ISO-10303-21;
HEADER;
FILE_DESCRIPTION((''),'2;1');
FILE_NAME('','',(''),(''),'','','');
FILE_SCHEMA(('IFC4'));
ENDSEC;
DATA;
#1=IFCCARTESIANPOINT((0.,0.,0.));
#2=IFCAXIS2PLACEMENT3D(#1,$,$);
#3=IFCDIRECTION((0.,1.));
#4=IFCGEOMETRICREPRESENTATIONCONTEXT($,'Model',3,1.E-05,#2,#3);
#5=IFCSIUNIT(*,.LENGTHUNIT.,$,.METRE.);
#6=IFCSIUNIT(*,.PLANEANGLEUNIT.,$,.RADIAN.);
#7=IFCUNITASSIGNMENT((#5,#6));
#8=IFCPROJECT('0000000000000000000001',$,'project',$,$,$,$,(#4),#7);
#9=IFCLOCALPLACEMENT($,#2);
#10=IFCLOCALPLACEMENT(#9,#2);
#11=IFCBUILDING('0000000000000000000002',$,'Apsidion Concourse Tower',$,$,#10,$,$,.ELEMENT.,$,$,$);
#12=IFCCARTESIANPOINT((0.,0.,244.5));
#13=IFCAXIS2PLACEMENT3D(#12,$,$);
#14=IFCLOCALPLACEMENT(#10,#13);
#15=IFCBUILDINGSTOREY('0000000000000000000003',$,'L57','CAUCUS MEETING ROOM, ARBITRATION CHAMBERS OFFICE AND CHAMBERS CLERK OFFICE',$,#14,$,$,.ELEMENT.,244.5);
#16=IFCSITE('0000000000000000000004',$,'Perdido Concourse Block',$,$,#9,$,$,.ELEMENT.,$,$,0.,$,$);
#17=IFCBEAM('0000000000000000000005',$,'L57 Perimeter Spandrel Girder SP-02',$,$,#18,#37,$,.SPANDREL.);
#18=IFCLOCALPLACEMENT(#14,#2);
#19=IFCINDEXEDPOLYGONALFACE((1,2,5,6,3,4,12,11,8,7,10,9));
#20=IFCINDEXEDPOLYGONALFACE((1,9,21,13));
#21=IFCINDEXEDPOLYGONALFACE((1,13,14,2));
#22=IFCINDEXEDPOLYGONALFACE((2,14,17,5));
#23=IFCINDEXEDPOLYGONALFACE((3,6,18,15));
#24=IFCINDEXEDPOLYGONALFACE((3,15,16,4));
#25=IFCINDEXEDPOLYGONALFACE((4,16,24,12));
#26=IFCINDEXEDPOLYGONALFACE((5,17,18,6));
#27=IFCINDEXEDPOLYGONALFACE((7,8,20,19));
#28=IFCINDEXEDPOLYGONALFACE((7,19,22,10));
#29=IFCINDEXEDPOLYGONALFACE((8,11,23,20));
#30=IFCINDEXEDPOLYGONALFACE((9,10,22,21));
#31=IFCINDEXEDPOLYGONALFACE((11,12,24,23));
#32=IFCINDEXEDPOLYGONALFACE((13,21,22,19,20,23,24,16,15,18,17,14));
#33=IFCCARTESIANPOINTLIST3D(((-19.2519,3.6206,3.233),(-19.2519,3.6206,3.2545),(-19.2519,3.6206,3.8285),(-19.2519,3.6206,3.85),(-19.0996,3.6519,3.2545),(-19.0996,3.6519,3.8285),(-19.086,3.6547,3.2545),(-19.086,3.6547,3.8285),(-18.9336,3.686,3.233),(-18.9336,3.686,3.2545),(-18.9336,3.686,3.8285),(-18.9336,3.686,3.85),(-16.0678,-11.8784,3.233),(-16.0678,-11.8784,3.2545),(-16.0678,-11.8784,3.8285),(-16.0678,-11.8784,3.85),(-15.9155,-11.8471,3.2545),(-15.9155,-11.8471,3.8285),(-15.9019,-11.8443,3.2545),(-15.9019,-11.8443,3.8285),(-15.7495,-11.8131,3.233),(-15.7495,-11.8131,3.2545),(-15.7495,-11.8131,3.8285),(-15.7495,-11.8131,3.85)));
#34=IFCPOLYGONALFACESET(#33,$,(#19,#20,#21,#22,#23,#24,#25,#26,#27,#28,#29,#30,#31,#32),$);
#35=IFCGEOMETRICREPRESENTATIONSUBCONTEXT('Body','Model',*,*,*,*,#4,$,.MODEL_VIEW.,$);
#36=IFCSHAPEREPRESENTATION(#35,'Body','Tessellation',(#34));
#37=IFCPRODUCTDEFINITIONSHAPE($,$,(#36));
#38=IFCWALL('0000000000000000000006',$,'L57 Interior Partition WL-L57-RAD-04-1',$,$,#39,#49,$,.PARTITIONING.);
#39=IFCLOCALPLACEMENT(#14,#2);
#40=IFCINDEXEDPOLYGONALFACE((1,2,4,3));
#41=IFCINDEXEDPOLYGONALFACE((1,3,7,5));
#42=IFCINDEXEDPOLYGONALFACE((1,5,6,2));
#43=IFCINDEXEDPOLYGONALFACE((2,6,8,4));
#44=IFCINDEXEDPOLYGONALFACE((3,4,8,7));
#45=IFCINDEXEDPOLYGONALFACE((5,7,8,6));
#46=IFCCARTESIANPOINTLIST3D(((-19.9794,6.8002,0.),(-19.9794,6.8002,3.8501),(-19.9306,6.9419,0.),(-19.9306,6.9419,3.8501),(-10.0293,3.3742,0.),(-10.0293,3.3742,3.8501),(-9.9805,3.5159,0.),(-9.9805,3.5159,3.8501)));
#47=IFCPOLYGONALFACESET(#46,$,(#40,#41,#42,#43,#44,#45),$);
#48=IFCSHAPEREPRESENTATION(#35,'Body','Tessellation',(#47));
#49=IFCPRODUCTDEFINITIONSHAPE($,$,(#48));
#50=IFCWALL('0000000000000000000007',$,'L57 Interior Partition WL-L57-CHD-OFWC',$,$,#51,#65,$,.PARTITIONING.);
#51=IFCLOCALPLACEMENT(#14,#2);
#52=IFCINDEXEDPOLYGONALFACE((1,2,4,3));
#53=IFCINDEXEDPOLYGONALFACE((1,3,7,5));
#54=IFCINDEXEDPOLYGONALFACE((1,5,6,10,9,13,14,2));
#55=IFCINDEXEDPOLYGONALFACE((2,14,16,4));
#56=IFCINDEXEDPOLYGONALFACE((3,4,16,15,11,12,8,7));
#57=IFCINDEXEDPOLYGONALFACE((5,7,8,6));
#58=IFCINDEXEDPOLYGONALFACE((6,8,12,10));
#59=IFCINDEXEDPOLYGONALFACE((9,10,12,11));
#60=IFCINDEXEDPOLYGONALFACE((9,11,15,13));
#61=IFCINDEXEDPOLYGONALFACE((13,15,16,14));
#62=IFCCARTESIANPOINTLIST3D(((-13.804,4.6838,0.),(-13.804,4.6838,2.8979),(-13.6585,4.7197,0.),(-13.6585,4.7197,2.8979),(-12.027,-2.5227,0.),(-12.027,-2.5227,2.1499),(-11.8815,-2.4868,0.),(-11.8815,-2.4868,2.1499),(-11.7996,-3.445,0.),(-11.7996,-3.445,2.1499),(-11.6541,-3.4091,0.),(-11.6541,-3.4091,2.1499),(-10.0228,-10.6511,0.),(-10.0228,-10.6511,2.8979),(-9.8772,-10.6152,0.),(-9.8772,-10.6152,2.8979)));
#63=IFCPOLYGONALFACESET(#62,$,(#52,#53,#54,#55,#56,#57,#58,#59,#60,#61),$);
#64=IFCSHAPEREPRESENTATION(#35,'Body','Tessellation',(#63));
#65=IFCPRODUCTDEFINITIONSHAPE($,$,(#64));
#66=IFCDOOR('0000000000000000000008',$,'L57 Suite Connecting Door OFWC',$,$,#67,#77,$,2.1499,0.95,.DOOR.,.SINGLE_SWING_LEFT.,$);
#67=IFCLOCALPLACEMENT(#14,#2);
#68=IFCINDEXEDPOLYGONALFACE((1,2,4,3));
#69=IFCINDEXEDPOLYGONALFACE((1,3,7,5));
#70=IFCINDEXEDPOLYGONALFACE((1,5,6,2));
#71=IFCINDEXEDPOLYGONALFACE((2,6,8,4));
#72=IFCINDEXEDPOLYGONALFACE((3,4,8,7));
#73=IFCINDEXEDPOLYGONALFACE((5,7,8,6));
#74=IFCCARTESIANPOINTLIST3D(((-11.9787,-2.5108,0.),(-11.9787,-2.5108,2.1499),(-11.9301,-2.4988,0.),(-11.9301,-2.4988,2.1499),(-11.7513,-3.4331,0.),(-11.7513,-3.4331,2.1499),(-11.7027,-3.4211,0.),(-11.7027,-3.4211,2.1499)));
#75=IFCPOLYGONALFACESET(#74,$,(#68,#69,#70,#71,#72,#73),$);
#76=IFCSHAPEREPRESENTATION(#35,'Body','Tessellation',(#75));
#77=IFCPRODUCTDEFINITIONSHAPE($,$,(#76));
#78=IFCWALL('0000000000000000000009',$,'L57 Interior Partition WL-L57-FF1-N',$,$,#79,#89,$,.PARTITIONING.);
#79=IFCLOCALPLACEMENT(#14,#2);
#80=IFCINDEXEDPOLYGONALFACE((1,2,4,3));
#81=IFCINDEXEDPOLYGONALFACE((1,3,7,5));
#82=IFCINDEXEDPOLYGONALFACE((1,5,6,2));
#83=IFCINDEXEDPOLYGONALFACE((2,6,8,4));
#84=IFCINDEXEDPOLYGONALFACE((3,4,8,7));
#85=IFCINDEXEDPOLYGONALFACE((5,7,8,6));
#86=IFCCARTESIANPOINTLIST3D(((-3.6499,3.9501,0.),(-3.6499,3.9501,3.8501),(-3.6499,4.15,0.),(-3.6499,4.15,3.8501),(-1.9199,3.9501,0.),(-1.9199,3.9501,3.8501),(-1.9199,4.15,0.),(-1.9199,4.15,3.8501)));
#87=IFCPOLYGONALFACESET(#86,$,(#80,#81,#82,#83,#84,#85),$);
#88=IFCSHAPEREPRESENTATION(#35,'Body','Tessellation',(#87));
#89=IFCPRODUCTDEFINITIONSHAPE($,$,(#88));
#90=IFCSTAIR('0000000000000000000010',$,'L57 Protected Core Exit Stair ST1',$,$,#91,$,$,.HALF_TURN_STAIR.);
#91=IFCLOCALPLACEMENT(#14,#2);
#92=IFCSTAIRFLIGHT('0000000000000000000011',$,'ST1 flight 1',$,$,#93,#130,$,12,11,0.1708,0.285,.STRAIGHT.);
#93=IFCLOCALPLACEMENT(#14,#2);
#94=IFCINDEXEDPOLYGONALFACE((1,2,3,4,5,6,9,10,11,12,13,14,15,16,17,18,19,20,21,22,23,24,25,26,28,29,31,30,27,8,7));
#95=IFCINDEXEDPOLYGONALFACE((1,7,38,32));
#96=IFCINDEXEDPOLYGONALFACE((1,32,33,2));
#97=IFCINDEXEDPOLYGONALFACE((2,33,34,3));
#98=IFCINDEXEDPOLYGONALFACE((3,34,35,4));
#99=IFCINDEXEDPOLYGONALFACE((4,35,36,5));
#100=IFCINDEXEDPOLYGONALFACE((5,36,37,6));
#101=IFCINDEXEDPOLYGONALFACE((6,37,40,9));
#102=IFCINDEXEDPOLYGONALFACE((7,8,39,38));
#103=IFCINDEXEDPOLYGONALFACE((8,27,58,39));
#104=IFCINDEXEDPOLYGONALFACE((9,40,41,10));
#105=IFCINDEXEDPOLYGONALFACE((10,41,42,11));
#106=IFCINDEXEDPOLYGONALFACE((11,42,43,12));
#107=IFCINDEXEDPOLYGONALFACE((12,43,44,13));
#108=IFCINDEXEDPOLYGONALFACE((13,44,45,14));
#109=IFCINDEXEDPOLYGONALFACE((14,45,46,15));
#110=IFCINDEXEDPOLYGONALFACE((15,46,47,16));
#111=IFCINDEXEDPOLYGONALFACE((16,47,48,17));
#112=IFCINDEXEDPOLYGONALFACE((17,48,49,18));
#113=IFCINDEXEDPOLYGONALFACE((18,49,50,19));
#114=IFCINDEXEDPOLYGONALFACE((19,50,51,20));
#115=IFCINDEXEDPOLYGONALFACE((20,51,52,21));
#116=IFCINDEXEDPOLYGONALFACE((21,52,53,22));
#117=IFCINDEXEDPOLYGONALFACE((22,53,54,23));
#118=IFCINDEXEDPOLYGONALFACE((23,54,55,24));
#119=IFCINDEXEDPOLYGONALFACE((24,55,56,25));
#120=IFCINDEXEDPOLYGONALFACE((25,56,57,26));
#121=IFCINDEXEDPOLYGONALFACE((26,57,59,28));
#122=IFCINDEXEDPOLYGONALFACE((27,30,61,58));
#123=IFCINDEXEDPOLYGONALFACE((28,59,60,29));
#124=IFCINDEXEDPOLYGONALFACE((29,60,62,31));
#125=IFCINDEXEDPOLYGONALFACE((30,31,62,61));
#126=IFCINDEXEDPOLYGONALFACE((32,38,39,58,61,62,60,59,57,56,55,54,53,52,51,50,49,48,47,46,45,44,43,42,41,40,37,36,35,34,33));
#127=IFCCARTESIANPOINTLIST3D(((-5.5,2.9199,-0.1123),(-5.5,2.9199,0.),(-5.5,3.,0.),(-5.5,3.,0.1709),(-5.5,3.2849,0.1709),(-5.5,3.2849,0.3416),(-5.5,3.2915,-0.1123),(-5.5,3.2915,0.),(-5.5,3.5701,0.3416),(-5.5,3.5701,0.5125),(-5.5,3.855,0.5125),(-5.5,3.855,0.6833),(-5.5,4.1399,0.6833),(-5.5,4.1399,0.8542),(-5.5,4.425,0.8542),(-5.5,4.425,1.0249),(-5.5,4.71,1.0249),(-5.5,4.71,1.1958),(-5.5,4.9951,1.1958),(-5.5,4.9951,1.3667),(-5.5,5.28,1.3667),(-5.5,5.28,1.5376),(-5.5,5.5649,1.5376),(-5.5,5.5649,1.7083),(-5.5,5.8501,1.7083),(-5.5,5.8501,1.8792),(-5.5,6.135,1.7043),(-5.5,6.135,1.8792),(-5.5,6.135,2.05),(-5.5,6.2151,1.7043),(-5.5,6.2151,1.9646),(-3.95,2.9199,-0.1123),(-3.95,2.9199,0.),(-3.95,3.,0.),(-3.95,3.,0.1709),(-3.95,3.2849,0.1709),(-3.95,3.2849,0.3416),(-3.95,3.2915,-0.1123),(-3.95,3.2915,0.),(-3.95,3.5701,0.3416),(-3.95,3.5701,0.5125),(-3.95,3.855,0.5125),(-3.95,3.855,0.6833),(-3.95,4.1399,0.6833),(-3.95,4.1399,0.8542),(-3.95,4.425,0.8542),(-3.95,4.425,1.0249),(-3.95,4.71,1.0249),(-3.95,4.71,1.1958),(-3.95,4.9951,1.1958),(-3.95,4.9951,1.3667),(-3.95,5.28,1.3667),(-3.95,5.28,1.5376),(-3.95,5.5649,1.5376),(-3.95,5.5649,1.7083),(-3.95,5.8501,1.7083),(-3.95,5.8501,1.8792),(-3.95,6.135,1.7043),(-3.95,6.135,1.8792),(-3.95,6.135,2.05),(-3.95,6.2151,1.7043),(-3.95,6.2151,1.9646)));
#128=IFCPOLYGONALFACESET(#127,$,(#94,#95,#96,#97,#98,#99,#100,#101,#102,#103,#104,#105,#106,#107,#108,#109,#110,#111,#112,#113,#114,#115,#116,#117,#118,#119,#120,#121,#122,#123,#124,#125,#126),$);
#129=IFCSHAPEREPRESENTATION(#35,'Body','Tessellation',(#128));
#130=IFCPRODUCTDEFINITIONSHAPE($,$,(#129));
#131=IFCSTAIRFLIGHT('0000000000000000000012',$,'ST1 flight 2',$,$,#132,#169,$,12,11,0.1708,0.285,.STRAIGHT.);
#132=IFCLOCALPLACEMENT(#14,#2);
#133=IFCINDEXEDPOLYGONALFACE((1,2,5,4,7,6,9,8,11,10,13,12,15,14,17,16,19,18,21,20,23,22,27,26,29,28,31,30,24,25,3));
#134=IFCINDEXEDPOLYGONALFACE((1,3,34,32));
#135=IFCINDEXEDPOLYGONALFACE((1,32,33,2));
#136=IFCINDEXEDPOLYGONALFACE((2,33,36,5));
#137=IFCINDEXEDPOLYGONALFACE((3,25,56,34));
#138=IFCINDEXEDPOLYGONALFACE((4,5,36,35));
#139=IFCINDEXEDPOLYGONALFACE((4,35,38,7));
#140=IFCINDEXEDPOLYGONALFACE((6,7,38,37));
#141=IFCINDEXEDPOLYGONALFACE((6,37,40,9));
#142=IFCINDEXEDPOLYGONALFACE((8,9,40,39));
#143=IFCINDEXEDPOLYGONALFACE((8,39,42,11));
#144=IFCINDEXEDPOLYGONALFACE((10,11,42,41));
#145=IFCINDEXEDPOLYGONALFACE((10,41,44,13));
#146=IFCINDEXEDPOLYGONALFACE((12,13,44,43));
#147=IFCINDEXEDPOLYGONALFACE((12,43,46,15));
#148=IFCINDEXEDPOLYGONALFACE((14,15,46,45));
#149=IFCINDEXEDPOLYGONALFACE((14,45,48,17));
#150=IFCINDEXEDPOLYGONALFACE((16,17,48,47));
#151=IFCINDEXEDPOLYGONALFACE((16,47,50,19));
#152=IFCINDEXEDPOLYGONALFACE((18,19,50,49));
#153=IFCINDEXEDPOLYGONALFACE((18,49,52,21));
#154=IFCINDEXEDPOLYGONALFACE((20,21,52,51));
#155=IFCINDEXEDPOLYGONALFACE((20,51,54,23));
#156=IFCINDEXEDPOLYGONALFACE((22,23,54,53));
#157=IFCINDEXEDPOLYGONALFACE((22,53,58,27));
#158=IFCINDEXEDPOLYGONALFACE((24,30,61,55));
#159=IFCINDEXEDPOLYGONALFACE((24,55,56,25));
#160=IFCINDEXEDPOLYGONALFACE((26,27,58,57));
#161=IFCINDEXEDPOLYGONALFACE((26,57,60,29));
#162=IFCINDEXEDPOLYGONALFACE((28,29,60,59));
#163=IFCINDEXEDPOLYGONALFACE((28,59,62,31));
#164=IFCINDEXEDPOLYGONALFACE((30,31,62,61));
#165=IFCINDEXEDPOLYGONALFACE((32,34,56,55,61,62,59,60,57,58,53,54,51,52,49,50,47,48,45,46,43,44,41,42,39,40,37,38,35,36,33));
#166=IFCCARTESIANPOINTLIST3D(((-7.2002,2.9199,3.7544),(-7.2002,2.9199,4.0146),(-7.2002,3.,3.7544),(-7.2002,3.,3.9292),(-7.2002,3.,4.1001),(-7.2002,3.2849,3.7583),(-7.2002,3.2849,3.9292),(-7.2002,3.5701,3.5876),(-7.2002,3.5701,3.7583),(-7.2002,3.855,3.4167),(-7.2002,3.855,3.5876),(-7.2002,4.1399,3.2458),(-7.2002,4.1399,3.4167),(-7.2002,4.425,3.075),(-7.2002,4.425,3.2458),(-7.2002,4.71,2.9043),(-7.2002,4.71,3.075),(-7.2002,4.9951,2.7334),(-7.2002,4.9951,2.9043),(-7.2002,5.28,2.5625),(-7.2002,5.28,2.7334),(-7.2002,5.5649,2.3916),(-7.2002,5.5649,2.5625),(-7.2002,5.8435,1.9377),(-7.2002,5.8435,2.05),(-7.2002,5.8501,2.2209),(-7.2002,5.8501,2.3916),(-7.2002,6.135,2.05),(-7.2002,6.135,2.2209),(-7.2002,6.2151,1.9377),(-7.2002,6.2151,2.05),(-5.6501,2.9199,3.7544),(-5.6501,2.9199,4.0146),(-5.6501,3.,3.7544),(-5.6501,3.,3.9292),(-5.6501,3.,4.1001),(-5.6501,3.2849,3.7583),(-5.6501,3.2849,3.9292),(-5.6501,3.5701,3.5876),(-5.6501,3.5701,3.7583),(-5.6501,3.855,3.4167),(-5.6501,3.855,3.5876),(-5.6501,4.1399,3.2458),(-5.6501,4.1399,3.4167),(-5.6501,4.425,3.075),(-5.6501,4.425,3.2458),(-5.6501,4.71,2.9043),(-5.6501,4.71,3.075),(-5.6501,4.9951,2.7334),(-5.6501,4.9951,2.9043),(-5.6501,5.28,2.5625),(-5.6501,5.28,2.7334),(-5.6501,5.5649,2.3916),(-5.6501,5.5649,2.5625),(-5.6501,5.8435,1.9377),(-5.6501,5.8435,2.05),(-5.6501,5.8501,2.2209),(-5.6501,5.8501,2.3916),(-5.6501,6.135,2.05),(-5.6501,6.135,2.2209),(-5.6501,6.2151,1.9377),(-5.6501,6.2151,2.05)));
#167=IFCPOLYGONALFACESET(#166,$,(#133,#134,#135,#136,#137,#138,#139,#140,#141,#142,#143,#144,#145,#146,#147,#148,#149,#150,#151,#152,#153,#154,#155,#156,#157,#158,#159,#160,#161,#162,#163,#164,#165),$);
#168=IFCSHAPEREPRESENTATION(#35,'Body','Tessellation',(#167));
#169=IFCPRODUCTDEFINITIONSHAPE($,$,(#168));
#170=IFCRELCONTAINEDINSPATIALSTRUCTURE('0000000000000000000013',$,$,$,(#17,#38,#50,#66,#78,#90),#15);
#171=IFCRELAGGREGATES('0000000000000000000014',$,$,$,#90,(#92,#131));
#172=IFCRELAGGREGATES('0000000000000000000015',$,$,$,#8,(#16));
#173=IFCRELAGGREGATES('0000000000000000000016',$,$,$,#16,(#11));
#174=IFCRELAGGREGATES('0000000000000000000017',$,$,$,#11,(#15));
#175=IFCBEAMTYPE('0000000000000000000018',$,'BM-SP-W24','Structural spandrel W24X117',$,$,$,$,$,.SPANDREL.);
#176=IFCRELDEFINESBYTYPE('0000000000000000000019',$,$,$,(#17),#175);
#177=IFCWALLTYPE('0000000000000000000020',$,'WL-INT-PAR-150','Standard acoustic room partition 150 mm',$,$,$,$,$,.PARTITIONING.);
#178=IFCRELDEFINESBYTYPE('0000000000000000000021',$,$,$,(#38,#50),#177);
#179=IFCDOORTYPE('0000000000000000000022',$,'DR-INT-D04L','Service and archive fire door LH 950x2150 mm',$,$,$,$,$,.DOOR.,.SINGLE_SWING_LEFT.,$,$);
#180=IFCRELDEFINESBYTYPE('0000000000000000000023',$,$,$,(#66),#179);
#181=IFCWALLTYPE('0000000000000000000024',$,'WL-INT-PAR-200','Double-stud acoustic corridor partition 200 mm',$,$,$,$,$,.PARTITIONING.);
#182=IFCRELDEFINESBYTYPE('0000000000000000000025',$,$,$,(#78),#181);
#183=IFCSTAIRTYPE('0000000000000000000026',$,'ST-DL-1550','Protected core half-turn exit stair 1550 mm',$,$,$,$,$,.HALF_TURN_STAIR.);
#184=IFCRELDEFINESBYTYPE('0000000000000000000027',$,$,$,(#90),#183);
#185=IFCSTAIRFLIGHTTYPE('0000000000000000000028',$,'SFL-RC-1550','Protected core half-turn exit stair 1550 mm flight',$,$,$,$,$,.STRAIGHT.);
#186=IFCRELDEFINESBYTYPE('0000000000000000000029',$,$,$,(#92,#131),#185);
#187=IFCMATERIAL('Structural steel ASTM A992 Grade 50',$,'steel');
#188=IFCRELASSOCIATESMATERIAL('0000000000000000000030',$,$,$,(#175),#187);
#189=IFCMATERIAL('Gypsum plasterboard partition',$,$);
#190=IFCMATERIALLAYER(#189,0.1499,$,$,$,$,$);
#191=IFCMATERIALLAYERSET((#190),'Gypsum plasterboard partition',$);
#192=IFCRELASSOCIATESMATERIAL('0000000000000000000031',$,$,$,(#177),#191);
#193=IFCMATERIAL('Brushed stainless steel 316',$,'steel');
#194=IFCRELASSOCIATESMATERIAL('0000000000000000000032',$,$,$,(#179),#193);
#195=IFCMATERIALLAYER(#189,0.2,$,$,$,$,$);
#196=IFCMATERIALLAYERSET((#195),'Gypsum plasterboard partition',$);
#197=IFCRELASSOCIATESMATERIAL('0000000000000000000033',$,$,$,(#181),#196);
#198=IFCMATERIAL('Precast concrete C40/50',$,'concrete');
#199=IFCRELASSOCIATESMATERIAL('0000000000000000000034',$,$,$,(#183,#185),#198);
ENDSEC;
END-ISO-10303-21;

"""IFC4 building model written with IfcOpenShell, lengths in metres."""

from ifc_helpers import new_model, si_unit, direction, frame, frame_2d, origin, origin_2d, place, context, subcontext, project, spatial, polyline, rectangle, i_section, outline, extrude, material, layer, layer_set, material_profile, profile_set, type_object, element, fill, aggregate, save


model = new_model("IFC4")

# Units and contexts
model_context = context("Model", 3, precision=1e-05, world=origin(), true_north=direction((0.0, 1.0)))
body_context = subcontext(model_context, "Body", "Model", "MODEL_VIEW")
ifc_project = project(units=[si_unit("LENGTHUNIT", "METRE"), si_unit("PLANEANGLEUNIT", "RADIAN")], contexts=[model_context])

# Site, building, storey
site_placement = place(None, origin())
site = spatial("IfcSite", under=ifc_project, at=site_placement, Name="Perdido Concourse Block", CompositionType="ELEMENT", RefElevation=0.0)
building_placement = place(site_placement, origin())
building = spatial("IfcBuilding", under=site, at=building_placement, Name="Apsidion Concourse Tower", CompositionType="ELEMENT")
storey_placement = place(building_placement, frame((0.0, 0.0, 244.5)))
storey = spatial("IfcBuildingStorey", under=building, at=storey_placement, Name="L57", Description="CAUCUS MEETING ROOM, ARBITRATION CHAMBERS OFFICE AND CHAMBERS CLERK OFFICE", CompositionType="ELEMENT", Elevation=244.5)

# Shared definitions
ifc_material_1 = material(Name="Structural steel ASTM A992 Grade 50", Category="steel")

# Beam
ifc_material_profile_1 = material_profile(ifc_material_1, i_section(OverallWidth=0.325, OverallDepth=0.6169, WebThickness=0.0139, FlangeThickness=0.0215, at=origin_2d()), Name="W24X117")
ifc_profile_set_1 = profile_set([ifc_material_profile_1], Name="Structural steel ASTM A992 Grade 50")
beam_type_1 = type_object("IfcBeamType", Name="BM-SP-W24", Description="Structural spandrel W24X117", PredefinedType="SPANDREL", material=ifc_profile_set_1)
beam_1_placement = place(storey_placement, frame((-19.0928, 3.6533, 3.5415), z_axis=(0.201235, -0.979543, 0.0), x_axis=(0.979543, 0.201235, 0.0)))
element("IfcBeam", 1, at=beam_1_placement, inside=storey, type_object=beam_type_1, Name="L57 Perimeter Spandrel Girder SP-02", PredefinedType="SPANDREL", context=body_context, shape_type="SweptSolid", body=[
    extrude(i_section(OverallWidth=0.325, OverallDepth=0.6169, WebThickness=0.0139, FlangeThickness=0.0215, at=origin_2d()), origin(), (0.0, 0.0, 1.0), 15.8228),
])

# Wall
ifc_material_2 = material(Name="Gypsum plasterboard partition")
ifc_layer_1 = layer(ifc_material_2, 0.1499)
ifc_layer_set_1 = layer_set([ifc_layer_1], Name="Gypsum plasterboard partition")
wall_type_1 = type_object("IfcWallType", Name="WL-INT-PAR-150", Description="Standard acoustic room partition 150 mm", PredefinedType="PARTITIONING", material=ifc_layer_set_1)
wall_1_placement = place(storey_placement, frame((-10.0049, 3.4451, 0.0), z_axis=(0.0, 0.0, 1.0), x_axis=(-0.945522, 0.32556, 0.0)))
element("IfcWall", 2, at=wall_1_placement, inside=storey, type_object=wall_type_1, Name="L57 Interior Partition WL-L57-RAD-04-1", PredefinedType="PARTITIONING", context=body_context, shape_type="SweptSolid", body=[
    extrude(rectangle(XDim=10.5234, YDim=0.1499, at=frame_2d((5.2617, 0.0))), origin(), (0.0, 0.0, 1.0), 3.8501),
])

# Wall, opening, door
wall_2_placement = place(storey_placement, frame((-13.7312, 4.7017, 0.0), z_axis=(0.0, 0.0, 1.0), x_axis=(0.239406, -0.970919, 0.0)))
wall_2 = element("IfcWall", 3, at=wall_2_placement, inside=storey, type_object=wall_type_1, Name="L57 Interior Partition WL-L57-CHD-OFWC", PredefinedType="PARTITIONING", context=body_context, shape_type="SweptSolid", body=[
    extrude(rectangle(XDim=15.7942, YDim=0.1499, at=frame_2d((7.897, 0.0))), origin(), (0.0, 0.0, 1.0), 2.8979),
])
opening_placement = place(wall_2_placement, frame((7.4221, 0.0, 0.0)))
opening = element("IfcOpeningElement", 4, at=opening_placement, cuts=wall_2, PredefinedType="OPENING", context=body_context, shape_type="SweptSolid", body=[
    extrude(rectangle(XDim=0.95, YDim=2.1499, at=frame_2d((0.4751, 1.075))), frame((0.0, 0.085, 0.0), z_axis=(0.0, -1.0, 0.0), x_axis=(1.0, 0.0, 0.0)), (0.0, 0.0, 1.0), 0.1699),
])
ifc_material_3 = material(Name="Brushed stainless steel 316", Category="steel")
door_type = type_object("IfcDoorType", Name="DR-INT-D04L", Description="Service and archive fire door LH 950x2150 mm", OperationType="SINGLE_SWING_LEFT", PredefinedType="DOOR", material=ifc_material_3)
door_placement = place(opening_placement, origin())
door = element("IfcDoor", 5, at=door_placement, inside=storey, type_object=door_type, Name="L57 Suite Connecting Door OFWC", OperationType="SINGLE_SWING_LEFT", OverallHeight=2.1499, OverallWidth=0.95, PredefinedType="DOOR", context=body_context, shape_type="SweptSolid", body=[
    extrude(rectangle(XDim=0.95, YDim=2.1499, at=frame_2d((0.4751, 1.075))), frame((0.0, 0.0249, 0.0), z_axis=(0.0, -1.0, 0.0), x_axis=(1.0, 0.0, 0.0)), (0.0, 0.0, 1.0), 0.05),
])
fill(opening, door)

# Wall
ifc_layer_2 = layer(ifc_material_2, 0.2)
ifc_layer_set_2 = layer_set([ifc_layer_2], Name="Gypsum plasterboard partition")
wall_type_2 = type_object("IfcWallType", Name="WL-INT-PAR-200", Description="Double-stud acoustic corridor partition 200 mm", PredefinedType="PARTITIONING", material=ifc_layer_set_2)
wall_3_placement = place(storey_placement, frame((-3.6499, 4.05, 0.0), z_axis=(0.0, 0.0, 1.0), x_axis=(1.0, 0.0, 0.0)))
element("IfcWall", 6, at=wall_3_placement, inside=storey, type_object=wall_type_2, Name="L57 Interior Partition WL-L57-FF1-N", PredefinedType="PARTITIONING", context=body_context, shape_type="SweptSolid", body=[
    extrude(rectangle(XDim=1.73, YDim=0.2, at=frame_2d((0.865, 0.0))), origin(), (0.0, 0.0, 1.0), 3.8501),
])

# Stair, stair flights
ifc_material_4 = material(Name="Precast concrete C40/50", Category="concrete")
stair_type = type_object("IfcStairType", Name="ST-DL-1550", Description="Protected core half-turn exit stair 1550 mm", PredefinedType="HALF_TURN_STAIR", material=ifc_material_4)
stair_placement = place(storey_placement, origin())
stair = element("IfcStair", 7, at=stair_placement, inside=storey, type_object=stair_type, Name="L57 Protected Core Exit Stair ST1", PredefinedType="HALF_TURN_STAIR")
stair_flight_type = type_object("IfcStairFlightType", Name="SFL-RC-1550", Description="Protected core half-turn exit stair 1550 mm flight", PredefinedType="STRAIGHT", material=ifc_material_4)
stair_flight_1_placement = place(storey_placement, frame((-4.7251, 3.0, 0.0), z_axis=(0.0, 0.0, 1.0), x_axis=(0.0, 1.0, 0.0)))
stair_flight_1 = element("IfcStairFlight", 8, at=stair_flight_1_placement, type_object=stair_flight_type, Name="ST1 flight 1", NumberOfRisers=12, NumberOfTreads=11, PredefinedType="STRAIGHT", RiserHeight=0.1708, TreadLength=0.285, context=body_context, shape_type="SweptSolid", body=[
    extrude(outline(polyline([(-0.0801, -0.1123), (-0.0801, 0.0), (0.0, 0.0), (0.0, 0.1709), (0.2849, 0.1709), (0.2849, 0.3416), (0.5701, 0.3416), (0.5701, 0.5125), (0.855, 0.5125), (0.855, 0.6833), (1.1399, 0.6833), (1.1399, 0.8542), (1.425, 0.8542), (1.425, 1.0249), (1.71, 1.0249), (1.71, 1.1958), (1.9951, 1.1958), (1.9951, 1.3667), (2.28, 1.3667), (2.28, 1.5376), (2.5649, 1.5376), (2.5649, 1.7083), (2.8501, 1.7083), (2.8501, 1.8792), (3.135, 1.8792), (3.135, 2.05), (3.2151, 1.9646), (3.2151, 1.7043), (3.135, 1.7043), (0.2915, 0.0), (0.2915, -0.1123), (-0.0801, -0.1123)])), frame((0.0, 0.7749, 0.0), z_axis=(0.0, -1.0, 0.0), x_axis=(1.0, 0.0, 0.0)), (0.0, 0.0, 1.0), 1.55),
])
stair_flight_2_placement = place(storey_placement, frame((-6.425, 6.135, 2.05), z_axis=(0.0, 0.0, 1.0), x_axis=(0.0, -1.0, 0.0)))
stair_flight_2 = element("IfcStairFlight", 9, at=stair_flight_2_placement, type_object=stair_flight_type, Name="ST1 flight 2", NumberOfRisers=12, NumberOfTreads=11, PredefinedType="STRAIGHT", RiserHeight=0.1708, TreadLength=0.285, context=body_context, shape_type="SweptSolid", body=[
    extrude(outline(polyline([(-0.0801, -0.1123), (-0.0801, 0.0), (0.0, 0.0), (0.0, 0.1709), (0.2849, 0.1709), (0.2849, 0.3416), (0.5701, 0.3416), (0.5701, 0.5125), (0.855, 0.5125), (0.855, 0.6833), (1.1399, 0.6833), (1.1399, 0.8542), (1.425, 0.8542), (1.425, 1.0249), (1.71, 1.0249), (1.71, 1.1958), (1.9951, 1.1958), (1.9951, 1.3667), (2.28, 1.3667), (2.28, 1.5376), (2.5649, 1.5376), (2.5649, 1.7083), (2.8501, 1.7083), (2.8501, 1.8792), (3.135, 1.8792), (3.135, 2.05), (3.2151, 1.9646), (3.2151, 1.7043), (3.135, 1.7043), (0.2915, 0.0), (0.2915, -0.1123), (-0.0801, -0.1123)])), frame((0.0, 0.7749, 0.0), z_axis=(0.0, -1.0, 0.0), x_axis=(1.0, 0.0, 0.0)), (0.0, 0.0, 1.0), 1.55),
])
aggregate(stair, [stair_flight_1, stair_flight_2])

save(model, "model.ifc")
